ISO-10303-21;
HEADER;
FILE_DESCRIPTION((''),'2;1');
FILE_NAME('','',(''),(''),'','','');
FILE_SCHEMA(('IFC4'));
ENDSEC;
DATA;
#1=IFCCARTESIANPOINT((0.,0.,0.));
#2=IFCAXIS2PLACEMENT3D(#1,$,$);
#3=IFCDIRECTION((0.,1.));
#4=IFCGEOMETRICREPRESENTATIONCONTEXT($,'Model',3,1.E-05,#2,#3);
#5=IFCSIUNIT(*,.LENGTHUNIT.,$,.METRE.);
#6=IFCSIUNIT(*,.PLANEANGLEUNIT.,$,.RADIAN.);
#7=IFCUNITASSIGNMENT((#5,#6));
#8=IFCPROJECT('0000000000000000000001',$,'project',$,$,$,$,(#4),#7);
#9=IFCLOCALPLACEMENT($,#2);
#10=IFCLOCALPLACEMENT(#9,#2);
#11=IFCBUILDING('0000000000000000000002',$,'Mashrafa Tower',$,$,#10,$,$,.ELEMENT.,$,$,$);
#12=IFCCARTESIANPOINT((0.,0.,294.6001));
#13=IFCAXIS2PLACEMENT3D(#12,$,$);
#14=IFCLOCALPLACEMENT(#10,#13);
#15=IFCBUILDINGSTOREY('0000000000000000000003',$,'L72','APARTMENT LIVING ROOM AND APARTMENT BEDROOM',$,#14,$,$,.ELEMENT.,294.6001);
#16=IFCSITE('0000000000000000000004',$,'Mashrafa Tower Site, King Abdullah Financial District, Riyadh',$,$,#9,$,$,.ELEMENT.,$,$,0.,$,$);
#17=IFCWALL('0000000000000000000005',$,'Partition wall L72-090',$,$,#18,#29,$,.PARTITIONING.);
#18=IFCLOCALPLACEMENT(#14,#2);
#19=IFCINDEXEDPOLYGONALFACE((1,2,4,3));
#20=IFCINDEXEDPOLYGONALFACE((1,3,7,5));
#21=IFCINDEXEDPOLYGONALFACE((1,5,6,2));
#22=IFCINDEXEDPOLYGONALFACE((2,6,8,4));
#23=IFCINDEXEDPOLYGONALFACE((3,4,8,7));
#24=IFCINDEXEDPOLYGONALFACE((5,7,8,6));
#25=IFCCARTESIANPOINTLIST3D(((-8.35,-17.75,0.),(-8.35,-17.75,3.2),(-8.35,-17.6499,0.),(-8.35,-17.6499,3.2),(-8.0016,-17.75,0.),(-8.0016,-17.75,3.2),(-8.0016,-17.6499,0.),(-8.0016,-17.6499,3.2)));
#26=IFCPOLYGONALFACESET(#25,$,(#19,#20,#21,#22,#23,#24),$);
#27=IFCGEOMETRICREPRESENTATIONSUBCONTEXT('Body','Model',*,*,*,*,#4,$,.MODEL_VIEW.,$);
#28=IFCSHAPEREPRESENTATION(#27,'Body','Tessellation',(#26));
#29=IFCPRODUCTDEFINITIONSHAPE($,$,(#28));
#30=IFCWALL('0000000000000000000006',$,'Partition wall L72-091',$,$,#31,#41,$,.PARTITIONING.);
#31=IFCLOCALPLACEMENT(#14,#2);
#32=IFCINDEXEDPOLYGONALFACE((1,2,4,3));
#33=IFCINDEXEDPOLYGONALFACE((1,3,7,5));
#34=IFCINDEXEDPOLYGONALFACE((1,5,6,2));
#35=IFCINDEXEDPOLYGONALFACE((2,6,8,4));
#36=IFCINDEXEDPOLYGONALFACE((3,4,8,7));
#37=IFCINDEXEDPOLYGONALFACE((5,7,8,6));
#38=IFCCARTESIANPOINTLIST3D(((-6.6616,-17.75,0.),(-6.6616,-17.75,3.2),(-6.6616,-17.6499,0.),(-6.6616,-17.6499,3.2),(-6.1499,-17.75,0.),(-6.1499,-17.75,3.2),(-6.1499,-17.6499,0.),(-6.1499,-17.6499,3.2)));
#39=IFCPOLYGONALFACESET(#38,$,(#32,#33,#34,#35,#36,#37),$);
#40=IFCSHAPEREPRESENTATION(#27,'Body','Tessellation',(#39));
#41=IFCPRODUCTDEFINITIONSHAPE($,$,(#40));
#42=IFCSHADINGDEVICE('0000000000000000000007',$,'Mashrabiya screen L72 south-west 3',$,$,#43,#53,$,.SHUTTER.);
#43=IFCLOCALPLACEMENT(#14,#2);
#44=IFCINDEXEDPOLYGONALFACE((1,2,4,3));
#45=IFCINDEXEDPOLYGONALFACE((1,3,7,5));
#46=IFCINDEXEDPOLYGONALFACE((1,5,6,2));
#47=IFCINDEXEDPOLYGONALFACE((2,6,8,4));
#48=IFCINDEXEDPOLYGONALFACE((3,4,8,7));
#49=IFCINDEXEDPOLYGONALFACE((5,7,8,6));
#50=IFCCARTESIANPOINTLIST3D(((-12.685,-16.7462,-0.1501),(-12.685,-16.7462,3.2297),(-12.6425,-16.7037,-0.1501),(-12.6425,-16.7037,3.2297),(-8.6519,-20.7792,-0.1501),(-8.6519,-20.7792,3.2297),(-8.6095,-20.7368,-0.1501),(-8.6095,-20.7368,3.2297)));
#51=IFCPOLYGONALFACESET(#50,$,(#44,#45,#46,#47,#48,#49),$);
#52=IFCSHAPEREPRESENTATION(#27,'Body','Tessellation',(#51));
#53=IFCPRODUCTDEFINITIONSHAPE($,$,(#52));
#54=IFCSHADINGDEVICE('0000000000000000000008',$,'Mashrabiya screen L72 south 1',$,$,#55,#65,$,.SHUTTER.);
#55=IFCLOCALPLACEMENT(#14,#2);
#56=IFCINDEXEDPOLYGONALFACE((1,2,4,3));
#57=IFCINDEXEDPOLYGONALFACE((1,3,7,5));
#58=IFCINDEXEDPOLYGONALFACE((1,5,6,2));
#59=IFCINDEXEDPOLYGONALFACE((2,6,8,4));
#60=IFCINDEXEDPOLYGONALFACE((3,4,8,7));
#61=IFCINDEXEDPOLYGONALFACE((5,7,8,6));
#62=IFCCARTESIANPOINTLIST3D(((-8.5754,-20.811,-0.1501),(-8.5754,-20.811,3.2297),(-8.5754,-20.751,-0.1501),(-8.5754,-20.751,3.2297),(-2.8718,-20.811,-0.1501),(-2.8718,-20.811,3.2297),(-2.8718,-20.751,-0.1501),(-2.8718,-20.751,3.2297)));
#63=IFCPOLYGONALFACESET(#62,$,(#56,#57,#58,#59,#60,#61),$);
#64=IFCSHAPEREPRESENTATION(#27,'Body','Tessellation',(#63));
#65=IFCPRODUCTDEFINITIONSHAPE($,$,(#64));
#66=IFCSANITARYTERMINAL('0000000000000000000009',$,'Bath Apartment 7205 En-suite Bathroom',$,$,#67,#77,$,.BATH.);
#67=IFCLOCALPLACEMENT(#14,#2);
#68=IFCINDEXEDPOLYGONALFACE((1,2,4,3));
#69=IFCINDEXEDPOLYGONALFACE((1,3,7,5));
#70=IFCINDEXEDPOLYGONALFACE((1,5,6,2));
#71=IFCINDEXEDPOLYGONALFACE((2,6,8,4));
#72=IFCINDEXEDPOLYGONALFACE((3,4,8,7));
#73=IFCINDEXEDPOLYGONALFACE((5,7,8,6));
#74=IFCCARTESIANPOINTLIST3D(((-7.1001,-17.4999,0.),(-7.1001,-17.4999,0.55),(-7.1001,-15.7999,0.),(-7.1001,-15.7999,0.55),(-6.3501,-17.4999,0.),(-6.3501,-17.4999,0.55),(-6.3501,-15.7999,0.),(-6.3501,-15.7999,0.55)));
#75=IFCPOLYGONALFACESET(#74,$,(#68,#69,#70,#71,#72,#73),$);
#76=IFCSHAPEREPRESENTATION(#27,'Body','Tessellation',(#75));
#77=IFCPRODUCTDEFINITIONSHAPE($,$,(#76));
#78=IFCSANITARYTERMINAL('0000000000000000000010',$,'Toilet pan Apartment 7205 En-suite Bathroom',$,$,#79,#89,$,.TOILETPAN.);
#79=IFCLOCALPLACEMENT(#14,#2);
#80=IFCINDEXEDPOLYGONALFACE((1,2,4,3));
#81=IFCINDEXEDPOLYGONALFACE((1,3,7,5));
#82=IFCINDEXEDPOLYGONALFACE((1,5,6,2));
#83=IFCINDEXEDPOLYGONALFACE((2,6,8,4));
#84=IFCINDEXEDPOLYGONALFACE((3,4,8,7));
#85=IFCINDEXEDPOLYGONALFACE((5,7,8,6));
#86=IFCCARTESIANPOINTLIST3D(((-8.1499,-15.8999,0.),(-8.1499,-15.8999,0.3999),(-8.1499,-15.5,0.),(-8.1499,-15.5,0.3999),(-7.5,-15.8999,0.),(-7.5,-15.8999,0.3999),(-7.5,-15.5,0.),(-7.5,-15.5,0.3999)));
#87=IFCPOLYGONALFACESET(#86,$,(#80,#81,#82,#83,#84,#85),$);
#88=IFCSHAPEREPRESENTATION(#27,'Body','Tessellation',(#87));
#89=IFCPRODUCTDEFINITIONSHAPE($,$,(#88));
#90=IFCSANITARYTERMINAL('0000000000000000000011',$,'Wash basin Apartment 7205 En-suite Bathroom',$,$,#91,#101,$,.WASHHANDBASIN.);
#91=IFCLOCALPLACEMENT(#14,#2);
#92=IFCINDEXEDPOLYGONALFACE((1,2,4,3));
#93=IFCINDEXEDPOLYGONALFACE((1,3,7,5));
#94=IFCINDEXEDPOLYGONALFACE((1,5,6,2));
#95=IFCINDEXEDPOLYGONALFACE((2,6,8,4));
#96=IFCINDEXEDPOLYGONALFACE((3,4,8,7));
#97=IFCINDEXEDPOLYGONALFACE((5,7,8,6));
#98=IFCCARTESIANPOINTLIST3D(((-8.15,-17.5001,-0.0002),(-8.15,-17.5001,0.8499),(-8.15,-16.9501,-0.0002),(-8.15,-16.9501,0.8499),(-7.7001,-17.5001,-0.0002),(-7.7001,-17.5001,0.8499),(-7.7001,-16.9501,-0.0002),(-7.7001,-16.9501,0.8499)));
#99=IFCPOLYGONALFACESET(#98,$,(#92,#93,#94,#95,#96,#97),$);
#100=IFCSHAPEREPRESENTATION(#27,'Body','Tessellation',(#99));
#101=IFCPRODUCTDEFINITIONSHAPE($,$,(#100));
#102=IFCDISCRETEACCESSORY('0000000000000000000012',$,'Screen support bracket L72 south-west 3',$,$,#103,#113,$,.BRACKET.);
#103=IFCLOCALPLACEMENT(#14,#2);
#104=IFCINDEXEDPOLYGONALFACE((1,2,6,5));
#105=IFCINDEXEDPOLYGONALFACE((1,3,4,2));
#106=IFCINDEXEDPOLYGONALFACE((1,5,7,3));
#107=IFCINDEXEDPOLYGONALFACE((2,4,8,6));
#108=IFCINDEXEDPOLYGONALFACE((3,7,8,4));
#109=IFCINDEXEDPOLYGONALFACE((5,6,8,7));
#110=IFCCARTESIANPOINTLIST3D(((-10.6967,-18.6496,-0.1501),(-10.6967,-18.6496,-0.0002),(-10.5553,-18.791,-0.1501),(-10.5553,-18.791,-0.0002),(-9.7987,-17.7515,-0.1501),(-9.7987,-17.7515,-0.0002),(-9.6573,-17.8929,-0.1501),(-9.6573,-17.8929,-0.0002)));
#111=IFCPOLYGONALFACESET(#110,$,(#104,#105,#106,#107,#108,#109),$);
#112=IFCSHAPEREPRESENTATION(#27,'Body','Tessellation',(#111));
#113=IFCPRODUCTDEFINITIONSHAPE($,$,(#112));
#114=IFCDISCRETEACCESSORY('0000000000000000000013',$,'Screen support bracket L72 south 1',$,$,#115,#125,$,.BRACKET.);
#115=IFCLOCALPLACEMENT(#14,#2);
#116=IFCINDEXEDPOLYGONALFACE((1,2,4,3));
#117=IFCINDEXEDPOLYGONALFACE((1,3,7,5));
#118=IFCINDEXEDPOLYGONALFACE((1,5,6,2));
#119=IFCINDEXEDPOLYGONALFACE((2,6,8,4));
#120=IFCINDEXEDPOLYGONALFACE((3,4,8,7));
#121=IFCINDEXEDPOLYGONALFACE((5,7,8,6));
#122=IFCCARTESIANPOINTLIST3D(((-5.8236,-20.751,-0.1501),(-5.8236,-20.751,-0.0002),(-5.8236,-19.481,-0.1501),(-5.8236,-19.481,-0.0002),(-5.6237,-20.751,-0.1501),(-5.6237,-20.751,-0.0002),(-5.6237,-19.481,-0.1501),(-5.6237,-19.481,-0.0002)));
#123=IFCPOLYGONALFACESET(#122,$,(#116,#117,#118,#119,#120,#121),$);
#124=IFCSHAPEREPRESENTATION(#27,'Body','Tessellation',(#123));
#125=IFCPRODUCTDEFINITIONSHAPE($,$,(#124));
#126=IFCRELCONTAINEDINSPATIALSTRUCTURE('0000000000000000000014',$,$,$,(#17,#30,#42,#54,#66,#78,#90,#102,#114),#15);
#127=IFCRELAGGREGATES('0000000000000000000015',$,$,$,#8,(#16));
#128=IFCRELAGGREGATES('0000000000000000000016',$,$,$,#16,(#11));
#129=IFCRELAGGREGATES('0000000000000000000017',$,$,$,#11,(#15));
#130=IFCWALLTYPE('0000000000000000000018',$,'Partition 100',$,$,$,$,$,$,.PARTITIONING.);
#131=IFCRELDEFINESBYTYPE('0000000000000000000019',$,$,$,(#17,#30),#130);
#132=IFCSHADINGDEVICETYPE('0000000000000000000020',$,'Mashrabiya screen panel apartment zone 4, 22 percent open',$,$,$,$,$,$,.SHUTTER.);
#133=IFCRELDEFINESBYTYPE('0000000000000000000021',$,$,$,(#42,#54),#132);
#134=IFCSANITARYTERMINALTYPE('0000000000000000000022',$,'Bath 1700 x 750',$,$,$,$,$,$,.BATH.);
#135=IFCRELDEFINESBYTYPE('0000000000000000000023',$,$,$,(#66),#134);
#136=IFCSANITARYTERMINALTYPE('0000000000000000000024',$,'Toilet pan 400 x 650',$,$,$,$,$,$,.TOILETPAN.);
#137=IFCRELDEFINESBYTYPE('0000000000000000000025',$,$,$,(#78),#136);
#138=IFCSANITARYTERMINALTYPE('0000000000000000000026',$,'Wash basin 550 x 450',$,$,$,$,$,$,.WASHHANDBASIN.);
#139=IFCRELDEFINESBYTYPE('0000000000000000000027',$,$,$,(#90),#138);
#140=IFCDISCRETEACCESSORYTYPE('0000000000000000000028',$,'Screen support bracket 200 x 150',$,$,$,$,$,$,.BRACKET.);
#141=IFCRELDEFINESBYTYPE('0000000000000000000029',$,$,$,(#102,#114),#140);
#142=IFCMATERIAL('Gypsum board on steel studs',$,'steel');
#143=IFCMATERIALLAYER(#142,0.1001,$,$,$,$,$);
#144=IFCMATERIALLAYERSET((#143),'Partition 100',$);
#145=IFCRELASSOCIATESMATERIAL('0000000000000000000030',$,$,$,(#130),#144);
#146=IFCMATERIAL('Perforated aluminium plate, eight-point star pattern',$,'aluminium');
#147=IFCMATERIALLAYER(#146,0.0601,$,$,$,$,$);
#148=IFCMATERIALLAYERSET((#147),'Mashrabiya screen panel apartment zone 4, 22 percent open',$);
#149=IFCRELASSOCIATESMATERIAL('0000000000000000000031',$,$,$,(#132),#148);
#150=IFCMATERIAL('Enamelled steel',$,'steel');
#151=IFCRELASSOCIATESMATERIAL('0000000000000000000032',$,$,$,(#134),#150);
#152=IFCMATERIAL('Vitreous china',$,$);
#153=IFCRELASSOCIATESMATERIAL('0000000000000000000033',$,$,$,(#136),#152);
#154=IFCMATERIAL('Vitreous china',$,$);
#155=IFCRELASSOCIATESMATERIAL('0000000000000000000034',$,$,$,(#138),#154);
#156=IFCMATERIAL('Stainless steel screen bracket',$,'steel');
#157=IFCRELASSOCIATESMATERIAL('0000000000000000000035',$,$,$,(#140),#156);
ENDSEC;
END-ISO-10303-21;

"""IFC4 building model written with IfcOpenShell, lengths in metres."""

from ifc_helpers import new_model, si_unit, direction, frame, frame_2d, origin, origin_2d, place, context, subcontext, project, spatial, rectangle, extrude, source, transform, mapped, material, layer, layer_set, type_object, type_shapes, element, save


model = new_model("IFC4")

# Units and contexts
model_context = context("Model", 3, precision=1e-05, world=origin(), true_north=direction((0.0, 1.0)))
body_context = subcontext(model_context, "Body", "Model", "MODEL_VIEW")
ifc_project = project(units=[si_unit("LENGTHUNIT", "METRE"), si_unit("PLANEANGLEUNIT", "RADIAN")], contexts=[model_context])

# Site, building, storey
site_placement = place(None, origin())
site = spatial("IfcSite", under=ifc_project, at=site_placement, Name="Mashrafa Tower Site, King Abdullah Financial District, Riyadh", CompositionType="ELEMENT", RefElevation=0.0)
building_placement = place(site_placement, origin())
building = spatial("IfcBuilding", under=site, at=building_placement, Name="Mashrafa Tower", CompositionType="ELEMENT")
storey_placement = place(building_placement, frame((0.0, 0.0, 294.6001)))
storey = spatial("IfcBuildingStorey", under=building, at=storey_placement, Name="L72", Description="APARTMENT LIVING ROOM AND APARTMENT BEDROOM", CompositionType="ELEMENT", Elevation=294.6001)

# Walls
ifc_material_1 = material(Name="Gypsum board on steel studs", Category="steel")
ifc_layer_1 = layer(ifc_material_1, 0.1001)
ifc_layer_set_1 = layer_set([ifc_layer_1], Name="Partition 100")
wall_type = type_object("IfcWallType", Name="Partition 100", PredefinedType="PARTITIONING", material=ifc_layer_set_1)
wall_1_placement = place(storey_placement, frame((-8.3501, -17.7, 0.0), z_axis=(0.0, 0.0, 1.0), x_axis=(1.0, 0.0, 0.0)))
element("IfcWall", 1, at=wall_1_placement, inside=storey, type_object=wall_type, Name="Partition wall L72-090", PredefinedType="PARTITIONING", context=body_context, shape_type="SweptSolid", body=[
    extrude(rectangle(XDim=0.3484, YDim=0.1001, at=frame_2d((0.1743, 0.0))), origin(), (0.0, 0.0, 1.0), 3.2),
])
wall_2_placement = place(storey_placement, frame((-6.6616, -17.7, 0.0), z_axis=(0.0, 0.0, 1.0), x_axis=(1.0, 0.0, 0.0)))
element("IfcWall", 2, at=wall_2_placement, inside=storey, type_object=wall_type, Name="Partition wall L72-091", PredefinedType="PARTITIONING", context=body_context, shape_type="SweptSolid", body=[
    extrude(rectangle(XDim=0.5117, YDim=0.1001, at=frame_2d((0.2559, 0.0))), origin(), (0.0, 0.0, 1.0), 3.2),
])

# Shading devices
ifc_material_2 = material(Name="Perforated aluminium plate, eight-point star pattern", Category="aluminium")
ifc_layer_2 = layer(ifc_material_2, 0.0601)
ifc_layer_set_2 = layer_set([ifc_layer_2], Name="Mashrabiya screen panel apartment zone 4, 22 percent open")
shading_device_type = type_object("IfcShadingDeviceType", Name="Mashrabiya screen panel apartment zone 4, 22 percent open", PredefinedType="SHUTTER", material=ifc_layer_set_2)
shared_shape_1 = source(origin(), body_context, "Body", "SweptSolid", [
    extrude(rectangle(XDim=5.7036, YDim=0.0601, at=origin_2d()), origin(), (0.0, 0.0, 1.0), 3.3799),
])
type_shapes(shading_device_type, [shared_shape_1])
for number, where, z_axis, x_axis, name in (
    (3, (-10.6472, -18.7415, -0.1501), (0.0, 0.0, 1.0), (0.707107, -0.707107, 0.0), "Mashrabiya screen L72 south-west 3"),
    (4, (-5.7236, -20.781, -0.1501), (0.0, 0.0, 1.0), (1.0, 0.0, 0.0), "Mashrabiya screen L72 south 1"),
):
    element("IfcShadingDevice", number, at=place(storey_placement, frame(where, z_axis=z_axis, x_axis=x_axis)), inside=storey, type_object=shading_device_type, Name=name, PredefinedType="SHUTTER", context=body_context, shape_type="MappedRepresentation", body=[
        mapped(shared_shape_1, transform((0.0, 0.0, 0.0))),
    ])

# Sanitary terminals
ifc_material_3 = material(Name="Enamelled steel", Category="steel")
sanitary_terminal_type_1 = type_object("IfcSanitaryTerminalType", Name="Bath 1700 x 750", PredefinedType="BATH", material=ifc_material_3)
sanitary_terminal_1_placement = place(storey_placement, frame((-6.7251, -16.6499, 0.0), z_axis=(0.0, 0.0, 1.0), x_axis=(0.0, 1.0, 0.0)))
element("IfcSanitaryTerminal", 5, at=sanitary_terminal_1_placement, inside=storey, type_object=sanitary_terminal_type_1, Name="Bath Apartment 7205 En-suite Bathroom", PredefinedType="BATH", context=body_context, shape_type="SweptSolid", body=[
    extrude(rectangle(XDim=1.7, YDim=0.75, at=origin_2d()), origin(), (0.0, 0.0, 1.0), 0.55),
])
ifc_material_4 = material(Name="Vitreous china")
sanitary_terminal_type_2 = type_object("IfcSanitaryTerminalType", Name="Toilet pan 400 x 650", PredefinedType="TOILETPAN", material=ifc_material_4)
sanitary_terminal_2_placement = place(storey_placement, frame((-7.825, -15.7, 0.0), z_axis=(0.0, 0.0, 1.0), x_axis=(0.0, -1.0, 0.0)))
element("IfcSanitaryTerminal", 6, at=sanitary_terminal_2_placement, inside=storey, type_object=sanitary_terminal_type_2, Name="Toilet pan Apartment 7205 En-suite Bathroom", PredefinedType="TOILETPAN", context=body_context, shape_type="SweptSolid", body=[
    extrude(rectangle(XDim=0.3999, YDim=0.6499, at=origin_2d()), origin(), (0.0, 0.0, 1.0), 0.3999),
])
ifc_material_5 = material(Name="Vitreous china")
sanitary_terminal_type_3 = type_object("IfcSanitaryTerminalType", Name="Wash basin 550 x 450", PredefinedType="WASHHANDBASIN", material=ifc_material_5)
sanitary_terminal_3_placement = place(storey_placement, frame((-7.925, -17.2251, -0.0002), z_axis=(0.0, 0.0, 1.0), x_axis=(0.0, -1.0, 0.0)))
element("IfcSanitaryTerminal", 7, at=sanitary_terminal_3_placement, inside=storey, type_object=sanitary_terminal_type_3, Name="Wash basin Apartment 7205 En-suite Bathroom", PredefinedType="WASHHANDBASIN", context=body_context, shape_type="SweptSolid", body=[
    extrude(rectangle(XDim=0.55, YDim=0.45, at=origin_2d()), origin(), (0.0, 0.0, 1.0), 0.8501),
])

# Discrete accessories
ifc_material_6 = material(Name="Stainless steel screen bracket", Category="steel")
discrete_accessory_type = type_object("IfcDiscreteAccessoryType", Name="Screen support bracket 200 x 150", PredefinedType="BRACKET", material=ifc_material_6)
shared_shape_2 = source(origin(), body_context, "Body", "SweptSolid", [
    extrude(rectangle(XDim=0.2, YDim=1.27, at=origin_2d()), origin(), (0.0, 0.0, 1.0), 0.1499),
])
type_shapes(discrete_accessory_type, [shared_shape_2])
for number, where, z_axis, x_axis, name in (
    (8, (-10.177, -18.2712, -0.1501), (0.0, 0.0, 1.0), (0.707107, -0.707107, 0.0), "Screen support bracket L72 south-west 3"),
    (9, (-5.7236, -20.116, -0.1501), (0.0, 0.0, 1.0), (1.0, 0.0, 0.0), "Screen support bracket L72 south 1"),
):
    element("IfcDiscreteAccessory", number, at=place(storey_placement, frame(where, z_axis=z_axis, x_axis=x_axis)), inside=storey, type_object=discrete_accessory_type, Name=name, PredefinedType="BRACKET", context=body_context, shape_type="MappedRepresentation", body=[
        mapped(shared_shape_2, transform((0.0, 0.0, 0.0))),
    ])

save(model, "model.ifc")
